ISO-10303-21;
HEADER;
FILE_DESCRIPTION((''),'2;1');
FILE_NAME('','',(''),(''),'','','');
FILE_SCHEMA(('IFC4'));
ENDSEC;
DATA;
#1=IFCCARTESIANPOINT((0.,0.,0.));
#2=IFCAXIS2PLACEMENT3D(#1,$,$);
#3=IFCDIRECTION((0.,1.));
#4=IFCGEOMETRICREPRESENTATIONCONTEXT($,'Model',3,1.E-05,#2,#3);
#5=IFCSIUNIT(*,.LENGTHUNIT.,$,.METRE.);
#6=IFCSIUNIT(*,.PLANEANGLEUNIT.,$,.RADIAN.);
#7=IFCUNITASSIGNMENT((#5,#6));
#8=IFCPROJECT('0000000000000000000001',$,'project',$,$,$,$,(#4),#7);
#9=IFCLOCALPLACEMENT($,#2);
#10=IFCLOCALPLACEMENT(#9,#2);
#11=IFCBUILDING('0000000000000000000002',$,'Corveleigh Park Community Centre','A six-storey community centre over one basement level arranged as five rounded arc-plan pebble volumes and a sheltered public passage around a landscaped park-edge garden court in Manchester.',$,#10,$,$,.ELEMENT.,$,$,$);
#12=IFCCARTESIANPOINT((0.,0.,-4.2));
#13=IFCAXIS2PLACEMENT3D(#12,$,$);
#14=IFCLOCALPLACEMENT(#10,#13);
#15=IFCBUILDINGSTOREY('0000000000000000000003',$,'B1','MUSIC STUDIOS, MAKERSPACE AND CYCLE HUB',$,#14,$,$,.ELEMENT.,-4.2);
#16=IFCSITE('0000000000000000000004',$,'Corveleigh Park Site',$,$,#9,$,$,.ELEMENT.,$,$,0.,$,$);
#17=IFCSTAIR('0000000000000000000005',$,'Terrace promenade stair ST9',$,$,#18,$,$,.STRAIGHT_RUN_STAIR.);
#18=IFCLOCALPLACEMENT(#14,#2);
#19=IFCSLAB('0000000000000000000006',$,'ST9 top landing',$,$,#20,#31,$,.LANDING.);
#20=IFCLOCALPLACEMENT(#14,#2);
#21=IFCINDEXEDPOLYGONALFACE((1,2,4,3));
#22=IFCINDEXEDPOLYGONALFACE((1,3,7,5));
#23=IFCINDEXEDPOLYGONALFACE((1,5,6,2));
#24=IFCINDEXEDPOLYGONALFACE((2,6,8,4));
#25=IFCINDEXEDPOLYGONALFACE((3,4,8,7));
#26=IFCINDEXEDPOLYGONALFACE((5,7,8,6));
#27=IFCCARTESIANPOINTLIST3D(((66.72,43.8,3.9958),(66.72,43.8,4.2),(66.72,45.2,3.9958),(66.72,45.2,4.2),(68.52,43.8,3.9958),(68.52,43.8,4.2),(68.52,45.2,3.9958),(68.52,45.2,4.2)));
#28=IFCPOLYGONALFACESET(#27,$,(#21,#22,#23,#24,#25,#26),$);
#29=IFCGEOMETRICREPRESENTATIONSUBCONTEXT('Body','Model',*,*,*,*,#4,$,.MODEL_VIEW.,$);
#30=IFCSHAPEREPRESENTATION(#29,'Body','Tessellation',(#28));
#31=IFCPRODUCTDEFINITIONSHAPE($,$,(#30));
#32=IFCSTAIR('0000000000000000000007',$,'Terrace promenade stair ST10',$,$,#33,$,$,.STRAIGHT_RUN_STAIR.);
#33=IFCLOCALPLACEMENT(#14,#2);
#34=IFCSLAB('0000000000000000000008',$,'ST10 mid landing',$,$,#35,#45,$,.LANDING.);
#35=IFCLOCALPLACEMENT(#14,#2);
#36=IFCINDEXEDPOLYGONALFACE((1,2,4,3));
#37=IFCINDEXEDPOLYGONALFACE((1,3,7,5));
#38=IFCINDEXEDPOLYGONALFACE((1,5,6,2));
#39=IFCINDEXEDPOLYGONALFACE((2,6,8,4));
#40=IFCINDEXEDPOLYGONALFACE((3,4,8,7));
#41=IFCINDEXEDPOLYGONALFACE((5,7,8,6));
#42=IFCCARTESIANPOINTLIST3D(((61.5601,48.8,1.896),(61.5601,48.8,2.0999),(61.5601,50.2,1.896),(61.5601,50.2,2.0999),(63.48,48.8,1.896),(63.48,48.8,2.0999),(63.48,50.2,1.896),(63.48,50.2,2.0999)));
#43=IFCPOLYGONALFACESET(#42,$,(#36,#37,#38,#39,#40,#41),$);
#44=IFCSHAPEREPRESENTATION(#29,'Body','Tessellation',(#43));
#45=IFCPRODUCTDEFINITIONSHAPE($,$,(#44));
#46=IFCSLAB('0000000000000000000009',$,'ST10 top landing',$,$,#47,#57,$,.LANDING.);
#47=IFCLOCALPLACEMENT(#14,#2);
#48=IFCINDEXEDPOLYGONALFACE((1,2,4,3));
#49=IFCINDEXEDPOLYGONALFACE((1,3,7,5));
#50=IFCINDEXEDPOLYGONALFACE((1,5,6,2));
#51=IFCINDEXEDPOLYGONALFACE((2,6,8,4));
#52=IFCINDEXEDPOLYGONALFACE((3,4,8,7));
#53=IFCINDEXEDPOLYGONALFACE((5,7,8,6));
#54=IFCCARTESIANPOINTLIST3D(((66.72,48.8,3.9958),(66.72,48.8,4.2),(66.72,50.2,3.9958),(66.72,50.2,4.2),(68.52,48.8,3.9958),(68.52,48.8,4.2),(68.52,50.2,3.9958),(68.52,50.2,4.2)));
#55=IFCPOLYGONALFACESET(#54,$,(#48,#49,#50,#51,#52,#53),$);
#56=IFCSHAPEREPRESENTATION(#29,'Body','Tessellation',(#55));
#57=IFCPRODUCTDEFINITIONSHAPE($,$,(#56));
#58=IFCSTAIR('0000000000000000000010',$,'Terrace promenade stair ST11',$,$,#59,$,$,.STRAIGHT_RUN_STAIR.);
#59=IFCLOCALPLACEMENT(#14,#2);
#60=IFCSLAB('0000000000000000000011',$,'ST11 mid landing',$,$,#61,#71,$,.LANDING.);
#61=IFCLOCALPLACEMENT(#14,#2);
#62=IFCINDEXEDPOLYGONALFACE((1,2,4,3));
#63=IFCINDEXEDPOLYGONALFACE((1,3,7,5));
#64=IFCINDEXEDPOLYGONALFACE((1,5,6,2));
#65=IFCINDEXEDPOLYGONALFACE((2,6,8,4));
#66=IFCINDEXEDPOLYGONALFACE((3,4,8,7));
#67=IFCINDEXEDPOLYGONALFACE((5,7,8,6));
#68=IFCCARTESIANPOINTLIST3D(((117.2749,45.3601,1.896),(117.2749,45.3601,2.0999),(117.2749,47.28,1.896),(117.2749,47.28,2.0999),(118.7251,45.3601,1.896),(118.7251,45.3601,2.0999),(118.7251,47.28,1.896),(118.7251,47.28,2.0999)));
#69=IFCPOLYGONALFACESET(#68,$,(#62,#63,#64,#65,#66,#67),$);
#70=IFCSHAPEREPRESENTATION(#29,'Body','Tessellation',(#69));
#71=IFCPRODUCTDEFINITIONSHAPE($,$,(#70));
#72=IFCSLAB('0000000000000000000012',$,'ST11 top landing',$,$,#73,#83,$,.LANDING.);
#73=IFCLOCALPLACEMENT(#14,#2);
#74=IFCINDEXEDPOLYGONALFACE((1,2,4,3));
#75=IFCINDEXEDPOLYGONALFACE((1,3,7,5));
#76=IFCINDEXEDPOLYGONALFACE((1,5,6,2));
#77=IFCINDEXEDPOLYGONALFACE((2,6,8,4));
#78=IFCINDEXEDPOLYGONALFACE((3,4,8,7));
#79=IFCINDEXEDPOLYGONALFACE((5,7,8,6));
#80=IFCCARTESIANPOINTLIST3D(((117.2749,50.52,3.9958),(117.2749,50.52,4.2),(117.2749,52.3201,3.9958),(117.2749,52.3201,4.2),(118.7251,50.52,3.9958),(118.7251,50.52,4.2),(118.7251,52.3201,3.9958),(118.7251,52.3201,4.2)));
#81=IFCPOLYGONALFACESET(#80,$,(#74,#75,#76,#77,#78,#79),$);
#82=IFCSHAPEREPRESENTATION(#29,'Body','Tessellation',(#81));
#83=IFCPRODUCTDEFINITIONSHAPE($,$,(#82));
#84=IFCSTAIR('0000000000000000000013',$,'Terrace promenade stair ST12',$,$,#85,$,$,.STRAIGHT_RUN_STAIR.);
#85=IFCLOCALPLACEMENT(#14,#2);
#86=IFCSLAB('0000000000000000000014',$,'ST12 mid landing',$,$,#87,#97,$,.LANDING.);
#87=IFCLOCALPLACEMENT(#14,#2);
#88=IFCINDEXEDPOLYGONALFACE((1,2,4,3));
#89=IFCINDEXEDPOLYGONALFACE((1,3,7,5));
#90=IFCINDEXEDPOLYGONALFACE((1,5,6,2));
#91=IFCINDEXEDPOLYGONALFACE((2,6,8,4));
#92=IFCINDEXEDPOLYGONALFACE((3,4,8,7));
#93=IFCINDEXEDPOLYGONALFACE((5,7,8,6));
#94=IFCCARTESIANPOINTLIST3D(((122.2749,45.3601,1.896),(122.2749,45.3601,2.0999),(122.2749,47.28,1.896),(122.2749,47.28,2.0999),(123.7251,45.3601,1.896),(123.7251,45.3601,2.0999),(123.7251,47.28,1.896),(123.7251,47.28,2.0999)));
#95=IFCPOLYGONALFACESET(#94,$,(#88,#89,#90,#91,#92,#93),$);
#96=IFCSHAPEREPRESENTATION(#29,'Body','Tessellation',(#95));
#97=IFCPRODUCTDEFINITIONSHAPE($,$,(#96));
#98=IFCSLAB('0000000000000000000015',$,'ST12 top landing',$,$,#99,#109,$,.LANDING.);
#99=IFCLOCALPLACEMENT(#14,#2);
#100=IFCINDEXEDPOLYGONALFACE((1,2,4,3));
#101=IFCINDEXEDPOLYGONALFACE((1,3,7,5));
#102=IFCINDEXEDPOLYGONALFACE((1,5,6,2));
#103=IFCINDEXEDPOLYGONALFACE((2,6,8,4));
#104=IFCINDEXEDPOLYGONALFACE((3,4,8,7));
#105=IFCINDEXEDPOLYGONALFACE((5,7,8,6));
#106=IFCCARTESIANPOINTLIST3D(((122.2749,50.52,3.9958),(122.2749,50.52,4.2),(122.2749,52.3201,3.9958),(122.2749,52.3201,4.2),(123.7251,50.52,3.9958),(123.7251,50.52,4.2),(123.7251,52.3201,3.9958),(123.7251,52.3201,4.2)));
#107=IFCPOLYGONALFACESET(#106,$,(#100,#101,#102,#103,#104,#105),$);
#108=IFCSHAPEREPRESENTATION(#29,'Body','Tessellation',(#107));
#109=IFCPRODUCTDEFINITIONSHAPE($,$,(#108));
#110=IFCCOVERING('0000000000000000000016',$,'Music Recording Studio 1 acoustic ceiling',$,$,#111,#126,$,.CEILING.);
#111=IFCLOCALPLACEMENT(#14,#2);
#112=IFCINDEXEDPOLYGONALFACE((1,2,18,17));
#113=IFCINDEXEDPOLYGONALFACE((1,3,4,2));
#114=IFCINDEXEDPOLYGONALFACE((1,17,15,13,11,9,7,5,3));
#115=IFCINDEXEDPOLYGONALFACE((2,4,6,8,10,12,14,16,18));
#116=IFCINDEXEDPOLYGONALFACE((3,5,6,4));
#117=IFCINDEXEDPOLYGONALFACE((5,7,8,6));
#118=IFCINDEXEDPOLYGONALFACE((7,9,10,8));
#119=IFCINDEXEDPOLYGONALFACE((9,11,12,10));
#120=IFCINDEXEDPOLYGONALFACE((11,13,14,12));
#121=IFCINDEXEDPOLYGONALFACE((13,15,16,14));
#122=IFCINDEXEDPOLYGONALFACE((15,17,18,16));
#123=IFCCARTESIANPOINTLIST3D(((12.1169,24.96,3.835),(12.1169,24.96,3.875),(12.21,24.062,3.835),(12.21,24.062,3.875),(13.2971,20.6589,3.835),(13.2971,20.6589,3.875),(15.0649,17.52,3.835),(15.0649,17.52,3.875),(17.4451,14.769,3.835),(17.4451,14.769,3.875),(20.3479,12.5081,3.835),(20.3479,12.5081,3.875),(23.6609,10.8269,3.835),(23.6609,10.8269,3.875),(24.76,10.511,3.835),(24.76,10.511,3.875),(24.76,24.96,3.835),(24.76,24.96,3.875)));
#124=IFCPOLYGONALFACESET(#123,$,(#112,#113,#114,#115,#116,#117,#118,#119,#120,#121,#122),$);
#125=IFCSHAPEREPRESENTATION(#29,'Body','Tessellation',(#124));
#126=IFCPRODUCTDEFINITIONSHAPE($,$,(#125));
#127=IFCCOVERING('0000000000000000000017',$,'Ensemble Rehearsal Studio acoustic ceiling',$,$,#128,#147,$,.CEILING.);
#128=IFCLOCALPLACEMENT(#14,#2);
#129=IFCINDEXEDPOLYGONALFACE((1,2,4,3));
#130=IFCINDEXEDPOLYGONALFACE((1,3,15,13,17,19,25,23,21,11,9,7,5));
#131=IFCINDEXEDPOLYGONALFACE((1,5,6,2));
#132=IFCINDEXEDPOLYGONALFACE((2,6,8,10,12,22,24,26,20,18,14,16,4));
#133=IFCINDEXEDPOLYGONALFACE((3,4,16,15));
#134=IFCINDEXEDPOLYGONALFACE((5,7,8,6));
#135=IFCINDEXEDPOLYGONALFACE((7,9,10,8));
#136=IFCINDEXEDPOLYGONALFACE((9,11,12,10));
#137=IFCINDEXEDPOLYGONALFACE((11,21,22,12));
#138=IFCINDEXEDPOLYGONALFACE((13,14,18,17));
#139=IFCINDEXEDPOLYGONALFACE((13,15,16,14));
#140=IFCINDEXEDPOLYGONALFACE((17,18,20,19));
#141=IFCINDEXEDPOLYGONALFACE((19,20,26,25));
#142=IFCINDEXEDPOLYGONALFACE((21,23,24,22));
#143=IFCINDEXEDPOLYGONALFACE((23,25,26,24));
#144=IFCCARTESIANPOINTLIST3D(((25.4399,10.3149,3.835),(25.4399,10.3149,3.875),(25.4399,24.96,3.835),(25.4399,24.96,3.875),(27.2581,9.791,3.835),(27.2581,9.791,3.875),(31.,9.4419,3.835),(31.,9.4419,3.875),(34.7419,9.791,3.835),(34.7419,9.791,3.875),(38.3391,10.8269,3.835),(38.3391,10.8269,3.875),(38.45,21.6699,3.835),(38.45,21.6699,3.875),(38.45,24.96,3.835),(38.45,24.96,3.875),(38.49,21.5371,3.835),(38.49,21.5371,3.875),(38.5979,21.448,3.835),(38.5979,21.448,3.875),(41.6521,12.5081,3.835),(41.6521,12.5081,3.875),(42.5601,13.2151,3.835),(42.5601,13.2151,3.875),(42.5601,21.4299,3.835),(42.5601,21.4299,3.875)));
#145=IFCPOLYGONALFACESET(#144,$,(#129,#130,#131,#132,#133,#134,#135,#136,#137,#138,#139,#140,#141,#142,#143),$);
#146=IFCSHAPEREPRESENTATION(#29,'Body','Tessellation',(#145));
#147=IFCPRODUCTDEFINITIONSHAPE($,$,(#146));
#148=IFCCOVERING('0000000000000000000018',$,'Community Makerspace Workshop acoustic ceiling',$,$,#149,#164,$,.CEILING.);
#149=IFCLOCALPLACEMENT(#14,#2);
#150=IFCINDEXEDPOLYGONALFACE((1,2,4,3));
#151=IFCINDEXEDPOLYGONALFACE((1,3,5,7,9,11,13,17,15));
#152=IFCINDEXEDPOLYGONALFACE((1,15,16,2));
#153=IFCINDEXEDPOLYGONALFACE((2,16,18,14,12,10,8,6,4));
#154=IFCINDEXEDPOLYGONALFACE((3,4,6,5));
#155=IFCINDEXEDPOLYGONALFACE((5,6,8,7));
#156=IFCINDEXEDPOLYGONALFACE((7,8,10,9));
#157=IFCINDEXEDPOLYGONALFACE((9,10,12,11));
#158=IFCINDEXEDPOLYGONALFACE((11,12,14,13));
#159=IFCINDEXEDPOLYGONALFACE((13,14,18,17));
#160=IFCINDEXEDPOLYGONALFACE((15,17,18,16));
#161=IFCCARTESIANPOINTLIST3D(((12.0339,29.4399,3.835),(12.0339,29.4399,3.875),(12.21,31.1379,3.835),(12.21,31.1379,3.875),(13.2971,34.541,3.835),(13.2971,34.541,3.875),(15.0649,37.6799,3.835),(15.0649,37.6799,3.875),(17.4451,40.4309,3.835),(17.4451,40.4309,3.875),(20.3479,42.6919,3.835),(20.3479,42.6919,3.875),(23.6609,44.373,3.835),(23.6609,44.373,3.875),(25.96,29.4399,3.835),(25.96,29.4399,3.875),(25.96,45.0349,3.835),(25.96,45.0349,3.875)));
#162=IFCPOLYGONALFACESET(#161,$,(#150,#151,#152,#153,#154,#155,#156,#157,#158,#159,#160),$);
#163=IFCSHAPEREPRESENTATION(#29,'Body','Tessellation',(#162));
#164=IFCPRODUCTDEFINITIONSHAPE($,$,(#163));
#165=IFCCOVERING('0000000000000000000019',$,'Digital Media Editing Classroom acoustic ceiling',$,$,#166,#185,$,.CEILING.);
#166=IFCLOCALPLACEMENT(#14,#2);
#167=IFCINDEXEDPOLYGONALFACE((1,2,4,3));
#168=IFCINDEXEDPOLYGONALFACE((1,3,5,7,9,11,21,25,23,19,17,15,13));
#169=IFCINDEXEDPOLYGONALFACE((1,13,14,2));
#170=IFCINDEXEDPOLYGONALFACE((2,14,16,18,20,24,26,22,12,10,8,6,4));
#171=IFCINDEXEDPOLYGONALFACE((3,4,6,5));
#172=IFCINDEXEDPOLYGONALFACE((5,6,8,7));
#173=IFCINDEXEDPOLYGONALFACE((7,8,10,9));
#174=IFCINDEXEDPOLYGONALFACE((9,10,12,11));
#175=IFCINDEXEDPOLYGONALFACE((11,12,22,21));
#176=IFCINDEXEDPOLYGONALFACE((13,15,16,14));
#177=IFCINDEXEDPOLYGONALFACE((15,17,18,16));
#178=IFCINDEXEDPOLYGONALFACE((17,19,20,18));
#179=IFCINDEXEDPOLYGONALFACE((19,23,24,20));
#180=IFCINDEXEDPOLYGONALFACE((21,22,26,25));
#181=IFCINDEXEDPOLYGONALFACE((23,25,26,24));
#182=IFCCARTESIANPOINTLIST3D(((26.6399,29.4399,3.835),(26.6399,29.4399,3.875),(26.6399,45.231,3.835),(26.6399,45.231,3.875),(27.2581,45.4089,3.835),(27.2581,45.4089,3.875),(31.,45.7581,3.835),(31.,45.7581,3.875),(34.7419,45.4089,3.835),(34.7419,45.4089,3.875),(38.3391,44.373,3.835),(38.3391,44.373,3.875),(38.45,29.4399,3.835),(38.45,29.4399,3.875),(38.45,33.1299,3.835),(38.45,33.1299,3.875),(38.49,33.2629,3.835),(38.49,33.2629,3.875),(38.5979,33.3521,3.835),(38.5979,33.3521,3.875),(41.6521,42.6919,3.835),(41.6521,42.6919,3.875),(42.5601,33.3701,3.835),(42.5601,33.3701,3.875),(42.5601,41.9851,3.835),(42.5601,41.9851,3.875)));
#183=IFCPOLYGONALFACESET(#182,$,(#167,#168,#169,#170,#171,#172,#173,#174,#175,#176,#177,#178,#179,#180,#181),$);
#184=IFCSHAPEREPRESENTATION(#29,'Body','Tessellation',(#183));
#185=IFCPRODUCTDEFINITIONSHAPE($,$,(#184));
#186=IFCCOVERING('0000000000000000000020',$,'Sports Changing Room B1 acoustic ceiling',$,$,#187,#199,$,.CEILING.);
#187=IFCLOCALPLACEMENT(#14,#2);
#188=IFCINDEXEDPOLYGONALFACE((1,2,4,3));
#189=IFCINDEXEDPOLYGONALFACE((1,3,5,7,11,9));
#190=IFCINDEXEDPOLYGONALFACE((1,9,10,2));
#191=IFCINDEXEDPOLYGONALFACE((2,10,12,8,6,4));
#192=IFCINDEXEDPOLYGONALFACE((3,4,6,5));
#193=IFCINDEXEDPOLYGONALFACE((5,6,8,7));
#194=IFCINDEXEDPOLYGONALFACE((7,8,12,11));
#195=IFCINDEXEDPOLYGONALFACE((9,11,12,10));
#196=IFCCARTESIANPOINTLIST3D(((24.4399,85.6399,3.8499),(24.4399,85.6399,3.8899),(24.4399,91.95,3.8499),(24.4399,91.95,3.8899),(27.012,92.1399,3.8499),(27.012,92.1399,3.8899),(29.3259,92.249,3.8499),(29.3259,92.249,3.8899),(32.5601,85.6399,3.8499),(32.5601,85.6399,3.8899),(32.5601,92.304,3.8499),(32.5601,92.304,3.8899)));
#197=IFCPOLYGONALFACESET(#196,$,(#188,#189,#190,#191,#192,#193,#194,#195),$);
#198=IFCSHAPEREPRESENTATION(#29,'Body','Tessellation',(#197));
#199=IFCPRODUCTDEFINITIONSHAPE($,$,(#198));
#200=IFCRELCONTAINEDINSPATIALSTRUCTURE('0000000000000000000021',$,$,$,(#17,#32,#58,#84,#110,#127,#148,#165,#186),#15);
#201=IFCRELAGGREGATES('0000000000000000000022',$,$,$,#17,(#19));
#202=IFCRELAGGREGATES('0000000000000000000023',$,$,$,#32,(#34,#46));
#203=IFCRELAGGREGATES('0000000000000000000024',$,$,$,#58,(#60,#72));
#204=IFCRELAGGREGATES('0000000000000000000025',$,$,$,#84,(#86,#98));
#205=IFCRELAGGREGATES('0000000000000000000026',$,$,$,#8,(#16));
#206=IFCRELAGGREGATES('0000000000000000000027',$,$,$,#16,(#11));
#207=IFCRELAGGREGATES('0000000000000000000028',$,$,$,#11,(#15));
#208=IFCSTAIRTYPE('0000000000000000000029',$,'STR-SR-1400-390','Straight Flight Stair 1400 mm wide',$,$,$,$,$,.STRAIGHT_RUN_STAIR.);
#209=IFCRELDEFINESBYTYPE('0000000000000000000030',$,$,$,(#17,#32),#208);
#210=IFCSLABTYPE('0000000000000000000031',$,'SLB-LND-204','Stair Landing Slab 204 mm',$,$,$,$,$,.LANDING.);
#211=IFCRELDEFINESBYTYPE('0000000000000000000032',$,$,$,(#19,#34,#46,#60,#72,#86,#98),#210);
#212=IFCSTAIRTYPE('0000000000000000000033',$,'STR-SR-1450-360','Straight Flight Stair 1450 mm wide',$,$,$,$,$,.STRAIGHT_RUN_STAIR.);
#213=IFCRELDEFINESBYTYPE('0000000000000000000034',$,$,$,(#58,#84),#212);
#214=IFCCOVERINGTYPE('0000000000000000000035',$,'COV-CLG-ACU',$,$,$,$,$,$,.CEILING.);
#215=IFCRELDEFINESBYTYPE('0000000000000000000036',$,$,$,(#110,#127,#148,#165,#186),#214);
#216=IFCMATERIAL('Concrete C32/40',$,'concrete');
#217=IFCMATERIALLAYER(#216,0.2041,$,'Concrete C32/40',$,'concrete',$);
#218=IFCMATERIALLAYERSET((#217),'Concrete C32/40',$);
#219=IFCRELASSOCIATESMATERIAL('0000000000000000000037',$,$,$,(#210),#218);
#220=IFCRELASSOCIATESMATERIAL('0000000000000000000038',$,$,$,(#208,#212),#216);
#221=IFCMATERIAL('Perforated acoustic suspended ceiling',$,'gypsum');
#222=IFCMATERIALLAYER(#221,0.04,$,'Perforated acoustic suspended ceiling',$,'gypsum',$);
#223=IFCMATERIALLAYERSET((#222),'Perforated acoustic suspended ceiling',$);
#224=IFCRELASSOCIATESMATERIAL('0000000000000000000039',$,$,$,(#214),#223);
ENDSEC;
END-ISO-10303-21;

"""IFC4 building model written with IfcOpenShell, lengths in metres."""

from ifc_helpers import new_model, si_unit, direction, frame, origin, place, context, subcontext, project, spatial, polyline, outline, extrude, material, layer, layer_set, type_object, element, aggregate, save


model = new_model("IFC4")

# Units and contexts
model_context = context("Model", 3, precision=1e-05, world=origin(), true_north=direction((0.0, 1.0)))
body_context = subcontext(model_context, "Body", "Model", "MODEL_VIEW")
ifc_project = project(units=[si_unit("LENGTHUNIT", "METRE"), si_unit("PLANEANGLEUNIT", "RADIAN")], contexts=[model_context])

# Site, building, storey
site_placement = place(None, origin())
site = spatial("IfcSite", under=ifc_project, at=site_placement, Name="Corveleigh Park Site", CompositionType="ELEMENT", RefElevation=0.0)
building_placement = place(site_placement, origin())
building = spatial("IfcBuilding", under=site, at=building_placement, Name="Corveleigh Park Community Centre", Description="A six-storey community centre over one basement level arranged as five rounded arc-plan pebble volumes and a sheltered public passage around a landscaped park-edge garden court in Manchester.", CompositionType="ELEMENT")
storey_placement = place(building_placement, frame((0.0, 0.0, -4.2)))
storey = spatial("IfcBuildingStorey", under=building, at=storey_placement, Name="B1", Description="MUSIC STUDIOS, MAKERSPACE AND CYCLE HUB", CompositionType="ELEMENT", Elevation=-4.2)

# Shared definitions
ifc_material_1 = material(Name="Concrete C32/40", Category="concrete")

# Shared definitions
ifc_layer_1 = layer(ifc_material_1, 0.2041, Name="Concrete C32/40", Category="concrete")
ifc_layer_set_1 = layer_set([ifc_layer_1], Name="Concrete C32/40")
slab_type_1 = type_object("IfcSlabType", Name="SLB-LND-204", Description="Stair Landing Slab 204 mm", PredefinedType="LANDING", material=ifc_layer_set_1)

# Stairs, slabs
stair_type_1 = type_object("IfcStairType", Name="STR-SR-1400-390", Description="Straight Flight Stair 1400 mm wide", PredefinedType="STRAIGHT_RUN_STAIR", material=ifc_material_1)
stair_1_placement = place(storey_placement, origin())
stair_1 = element("IfcStair", 1, at=stair_1_placement, inside=storey, type_object=stair_type_1, Name="Terrace promenade stair ST9", PredefinedType="STRAIGHT_RUN_STAIR")
slab_1_placement = place(storey_placement, frame((0.0, 0.0, 3.9958)))
slab_1 = element("IfcSlab", 2, at=slab_1_placement, type_object=slab_type_1, Name="ST9 top landing", PredefinedType="LANDING", context=body_context, shape_type="SweptSolid", body=[
    extrude(outline(polyline([(66.72, 43.8), (68.52, 43.8), (68.52, 45.2), (66.72, 45.2), (66.72, 43.8)])), origin(), (0.0, 0.0, 1.0), 0.2041),
])
aggregate(stair_1, [slab_1])
stair_2_placement = place(storey_placement, origin())
stair_2 = element("IfcStair", 3, at=stair_2_placement, inside=storey, type_object=stair_type_1, Name="Terrace promenade stair ST10", PredefinedType="STRAIGHT_RUN_STAIR")
slab_2_placement = place(storey_placement, frame((0.0, 0.0, 1.896)))
slab_2 = element("IfcSlab", 4, at=slab_2_placement, type_object=slab_type_1, Name="ST10 mid landing", PredefinedType="LANDING", context=body_context, shape_type="SweptSolid", body=[
    extrude(outline(polyline([(61.5601, 48.8), (63.48, 48.8), (63.48, 50.2), (61.5601, 50.2), (61.5601, 48.8)])), origin(), (0.0, 0.0, 1.0), 0.2039),
])
slab_3_placement = place(storey_placement, frame((0.0, 0.0, 3.9958)))
slab_3 = element("IfcSlab", 5, at=slab_3_placement, type_object=slab_type_1, Name="ST10 top landing", PredefinedType="LANDING", context=body_context, shape_type="SweptSolid", body=[
    extrude(outline(polyline([(66.72, 48.8), (68.52, 48.8), (68.52, 50.2), (66.72, 50.2), (66.72, 48.8)])), origin(), (0.0, 0.0, 1.0), 0.2041),
])
aggregate(stair_2, [slab_2, slab_3])
stair_type_2 = type_object("IfcStairType", Name="STR-SR-1450-360", Description="Straight Flight Stair 1450 mm wide", PredefinedType="STRAIGHT_RUN_STAIR", material=ifc_material_1)
stair_3_placement = place(storey_placement, origin())
stair_3 = element("IfcStair", 6, at=stair_3_placement, inside=storey, type_object=stair_type_2, Name="Terrace promenade stair ST11", PredefinedType="STRAIGHT_RUN_STAIR")
slab_4_placement = place(storey_placement, frame((0.0, 0.0, 1.896)))
slab_4 = element("IfcSlab", 7, at=slab_4_placement, type_object=slab_type_1, Name="ST11 mid landing", PredefinedType="LANDING", context=body_context, shape_type="SweptSolid", body=[
    extrude(outline(polyline([(118.7251, 45.3601), (118.7251, 47.28), (117.2749, 47.28), (117.2749, 45.3601), (118.7251, 45.3601)])), origin(), (0.0, 0.0, 1.0), 0.2039),
])
slab_5_placement = place(storey_placement, frame((0.0, 0.0, 3.9958)))
slab_5 = element("IfcSlab", 8, at=slab_5_placement, type_object=slab_type_1, Name="ST11 top landing", PredefinedType="LANDING", context=body_context, shape_type="SweptSolid", body=[
    extrude(outline(polyline([(118.7251, 50.52), (118.7251, 52.3201), (117.2749, 52.3201), (117.2749, 50.52), (118.7251, 50.52)])), origin(), (0.0, 0.0, 1.0), 0.2041),
])
aggregate(stair_3, [slab_4, slab_5])
stair_4_placement = place(storey_placement, origin())
stair_4 = element("IfcStair", 9, at=stair_4_placement, inside=storey, type_object=stair_type_2, Name="Terrace promenade stair ST12", PredefinedType="STRAIGHT_RUN_STAIR")
slab_6_placement = place(storey_placement, frame((0.0, 0.0, 1.896)))
slab_6 = element("IfcSlab", 10, at=slab_6_placement, type_object=slab_type_1, Name="ST12 mid landing", PredefinedType="LANDING", context=body_context, shape_type="SweptSolid", body=[
    extrude(outline(polyline([(123.7251, 45.3601), (123.7251, 47.28), (122.2749, 47.28), (122.2749, 45.3601), (123.7251, 45.3601)])), origin(), (0.0, 0.0, 1.0), 0.2039),
])
slab_7_placement = place(storey_placement, frame((0.0, 0.0, 3.9958)))
slab_7 = element("IfcSlab", 11, at=slab_7_placement, type_object=slab_type_1, Name="ST12 top landing", PredefinedType="LANDING", context=body_context, shape_type="SweptSolid", body=[
    extrude(outline(polyline([(123.7251, 50.52), (123.7251, 52.3201), (122.2749, 52.3201), (122.2749, 50.52), (123.7251, 50.52)])), origin(), (0.0, 0.0, 1.0), 0.2041),
])
aggregate(stair_4, [slab_6, slab_7])

# Coverings
ifc_material_2 = material(Name="Perforated acoustic suspended ceiling", Category="gypsum")
ifc_layer_2 = layer(ifc_material_2, 0.04, Name="Perforated acoustic suspended ceiling", Category="gypsum")
ifc_layer_set_2 = layer_set([ifc_layer_2], Name="Perforated acoustic suspended ceiling")
covering_type = type_object("IfcCoveringType", Name="COV-CLG-ACU", PredefinedType="CEILING", material=ifc_layer_set_2)
covering_1_placement = place(storey_placement, frame((0.0, 0.0, 3.835)))
element("IfcCovering", 12, at=covering_1_placement, inside=storey, type_object=covering_type, Name="Music Recording Studio 1 acoustic ceiling", PredefinedType="CEILING", context=body_context, shape_type="SweptSolid", body=[
    extrude(outline(polyline([(15.0649, 17.52), (13.2971, 20.6589), (12.21, 24.062), (12.1169, 24.96), (24.76, 24.96), (24.76, 10.511), (23.6609, 10.8269), (20.3479, 12.5081), (17.4451, 14.769), (15.0649, 17.52)])), origin(), (0.0, 0.0, 1.0), 0.04),
])
covering_2_placement = place(storey_placement, frame((0.0, 0.0, 3.835)))
element("IfcCovering", 13, at=covering_2_placement, inside=storey, type_object=covering_type, Name="Ensemble Rehearsal Studio acoustic ceiling", PredefinedType="CEILING", context=body_context, shape_type="SweptSolid", body=[
    extrude(outline(polyline([(38.5979, 21.448), (42.5601, 21.4299), (42.5601, 13.2151), (41.6521, 12.5081), (38.3391, 10.8269), (34.7419, 9.791), (31.0, 9.4419), (27.2581, 9.791), (25.4399, 10.3149), (25.4399, 24.96), (38.45, 24.96), (38.45, 21.6699), (38.49, 21.5371), (38.5979, 21.448)])), origin(), (0.0, 0.0, 1.0), 0.04),
])
covering_3_placement = place(storey_placement, frame((0.0, 0.0, 3.835)))
element("IfcCovering", 14, at=covering_3_placement, inside=storey, type_object=covering_type, Name="Community Makerspace Workshop acoustic ceiling", PredefinedType="CEILING", context=body_context, shape_type="SweptSolid", body=[
    extrude(outline(polyline([(17.4451, 40.4309), (20.3479, 42.6919), (23.6609, 44.373), (25.96, 45.0349), (25.96, 29.4399), (12.0339, 29.4399), (12.21, 31.1379), (13.2971, 34.541), (15.0649, 37.6799), (17.4451, 40.4309)])), origin(), (0.0, 0.0, 1.0), 0.04),
])
covering_4_placement = place(storey_placement, frame((0.0, 0.0, 3.835)))
element("IfcCovering", 15, at=covering_4_placement, inside=storey, type_object=covering_type, Name="Digital Media Editing Classroom acoustic ceiling", PredefinedType="CEILING", context=body_context, shape_type="SweptSolid", body=[
    extrude(outline(polyline([(38.5979, 33.3521), (38.49, 33.2629), (38.45, 33.1299), (38.45, 29.4399), (26.6399, 29.4399), (26.6399, 45.231), (27.2581, 45.4089), (31.0, 45.7581), (34.7419, 45.4089), (38.3391, 44.373), (41.6521, 42.6919), (42.5601, 41.9851), (42.5601, 33.3701), (38.5979, 33.3521)])), origin(), (0.0, 0.0, 1.0), 0.04),
])
covering_5_placement = place(storey_placement, frame((0.0, 0.0, 3.8499)))
element("IfcCovering", 16, at=covering_5_placement, inside=storey, type_object=covering_type, Name="Sports Changing Room B1 acoustic ceiling", PredefinedType="CEILING", context=body_context, shape_type="SweptSolid", body=[
    extrude(outline(polyline([(29.3259, 92.249), (32.5601, 92.304), (32.5601, 85.6399), (24.4399, 85.6399), (24.4399, 91.95), (27.012, 92.1399), (29.3259, 92.249)])), origin(), (0.0, 0.0, 1.0), 0.04),
])

save(model, "model.ifc")
